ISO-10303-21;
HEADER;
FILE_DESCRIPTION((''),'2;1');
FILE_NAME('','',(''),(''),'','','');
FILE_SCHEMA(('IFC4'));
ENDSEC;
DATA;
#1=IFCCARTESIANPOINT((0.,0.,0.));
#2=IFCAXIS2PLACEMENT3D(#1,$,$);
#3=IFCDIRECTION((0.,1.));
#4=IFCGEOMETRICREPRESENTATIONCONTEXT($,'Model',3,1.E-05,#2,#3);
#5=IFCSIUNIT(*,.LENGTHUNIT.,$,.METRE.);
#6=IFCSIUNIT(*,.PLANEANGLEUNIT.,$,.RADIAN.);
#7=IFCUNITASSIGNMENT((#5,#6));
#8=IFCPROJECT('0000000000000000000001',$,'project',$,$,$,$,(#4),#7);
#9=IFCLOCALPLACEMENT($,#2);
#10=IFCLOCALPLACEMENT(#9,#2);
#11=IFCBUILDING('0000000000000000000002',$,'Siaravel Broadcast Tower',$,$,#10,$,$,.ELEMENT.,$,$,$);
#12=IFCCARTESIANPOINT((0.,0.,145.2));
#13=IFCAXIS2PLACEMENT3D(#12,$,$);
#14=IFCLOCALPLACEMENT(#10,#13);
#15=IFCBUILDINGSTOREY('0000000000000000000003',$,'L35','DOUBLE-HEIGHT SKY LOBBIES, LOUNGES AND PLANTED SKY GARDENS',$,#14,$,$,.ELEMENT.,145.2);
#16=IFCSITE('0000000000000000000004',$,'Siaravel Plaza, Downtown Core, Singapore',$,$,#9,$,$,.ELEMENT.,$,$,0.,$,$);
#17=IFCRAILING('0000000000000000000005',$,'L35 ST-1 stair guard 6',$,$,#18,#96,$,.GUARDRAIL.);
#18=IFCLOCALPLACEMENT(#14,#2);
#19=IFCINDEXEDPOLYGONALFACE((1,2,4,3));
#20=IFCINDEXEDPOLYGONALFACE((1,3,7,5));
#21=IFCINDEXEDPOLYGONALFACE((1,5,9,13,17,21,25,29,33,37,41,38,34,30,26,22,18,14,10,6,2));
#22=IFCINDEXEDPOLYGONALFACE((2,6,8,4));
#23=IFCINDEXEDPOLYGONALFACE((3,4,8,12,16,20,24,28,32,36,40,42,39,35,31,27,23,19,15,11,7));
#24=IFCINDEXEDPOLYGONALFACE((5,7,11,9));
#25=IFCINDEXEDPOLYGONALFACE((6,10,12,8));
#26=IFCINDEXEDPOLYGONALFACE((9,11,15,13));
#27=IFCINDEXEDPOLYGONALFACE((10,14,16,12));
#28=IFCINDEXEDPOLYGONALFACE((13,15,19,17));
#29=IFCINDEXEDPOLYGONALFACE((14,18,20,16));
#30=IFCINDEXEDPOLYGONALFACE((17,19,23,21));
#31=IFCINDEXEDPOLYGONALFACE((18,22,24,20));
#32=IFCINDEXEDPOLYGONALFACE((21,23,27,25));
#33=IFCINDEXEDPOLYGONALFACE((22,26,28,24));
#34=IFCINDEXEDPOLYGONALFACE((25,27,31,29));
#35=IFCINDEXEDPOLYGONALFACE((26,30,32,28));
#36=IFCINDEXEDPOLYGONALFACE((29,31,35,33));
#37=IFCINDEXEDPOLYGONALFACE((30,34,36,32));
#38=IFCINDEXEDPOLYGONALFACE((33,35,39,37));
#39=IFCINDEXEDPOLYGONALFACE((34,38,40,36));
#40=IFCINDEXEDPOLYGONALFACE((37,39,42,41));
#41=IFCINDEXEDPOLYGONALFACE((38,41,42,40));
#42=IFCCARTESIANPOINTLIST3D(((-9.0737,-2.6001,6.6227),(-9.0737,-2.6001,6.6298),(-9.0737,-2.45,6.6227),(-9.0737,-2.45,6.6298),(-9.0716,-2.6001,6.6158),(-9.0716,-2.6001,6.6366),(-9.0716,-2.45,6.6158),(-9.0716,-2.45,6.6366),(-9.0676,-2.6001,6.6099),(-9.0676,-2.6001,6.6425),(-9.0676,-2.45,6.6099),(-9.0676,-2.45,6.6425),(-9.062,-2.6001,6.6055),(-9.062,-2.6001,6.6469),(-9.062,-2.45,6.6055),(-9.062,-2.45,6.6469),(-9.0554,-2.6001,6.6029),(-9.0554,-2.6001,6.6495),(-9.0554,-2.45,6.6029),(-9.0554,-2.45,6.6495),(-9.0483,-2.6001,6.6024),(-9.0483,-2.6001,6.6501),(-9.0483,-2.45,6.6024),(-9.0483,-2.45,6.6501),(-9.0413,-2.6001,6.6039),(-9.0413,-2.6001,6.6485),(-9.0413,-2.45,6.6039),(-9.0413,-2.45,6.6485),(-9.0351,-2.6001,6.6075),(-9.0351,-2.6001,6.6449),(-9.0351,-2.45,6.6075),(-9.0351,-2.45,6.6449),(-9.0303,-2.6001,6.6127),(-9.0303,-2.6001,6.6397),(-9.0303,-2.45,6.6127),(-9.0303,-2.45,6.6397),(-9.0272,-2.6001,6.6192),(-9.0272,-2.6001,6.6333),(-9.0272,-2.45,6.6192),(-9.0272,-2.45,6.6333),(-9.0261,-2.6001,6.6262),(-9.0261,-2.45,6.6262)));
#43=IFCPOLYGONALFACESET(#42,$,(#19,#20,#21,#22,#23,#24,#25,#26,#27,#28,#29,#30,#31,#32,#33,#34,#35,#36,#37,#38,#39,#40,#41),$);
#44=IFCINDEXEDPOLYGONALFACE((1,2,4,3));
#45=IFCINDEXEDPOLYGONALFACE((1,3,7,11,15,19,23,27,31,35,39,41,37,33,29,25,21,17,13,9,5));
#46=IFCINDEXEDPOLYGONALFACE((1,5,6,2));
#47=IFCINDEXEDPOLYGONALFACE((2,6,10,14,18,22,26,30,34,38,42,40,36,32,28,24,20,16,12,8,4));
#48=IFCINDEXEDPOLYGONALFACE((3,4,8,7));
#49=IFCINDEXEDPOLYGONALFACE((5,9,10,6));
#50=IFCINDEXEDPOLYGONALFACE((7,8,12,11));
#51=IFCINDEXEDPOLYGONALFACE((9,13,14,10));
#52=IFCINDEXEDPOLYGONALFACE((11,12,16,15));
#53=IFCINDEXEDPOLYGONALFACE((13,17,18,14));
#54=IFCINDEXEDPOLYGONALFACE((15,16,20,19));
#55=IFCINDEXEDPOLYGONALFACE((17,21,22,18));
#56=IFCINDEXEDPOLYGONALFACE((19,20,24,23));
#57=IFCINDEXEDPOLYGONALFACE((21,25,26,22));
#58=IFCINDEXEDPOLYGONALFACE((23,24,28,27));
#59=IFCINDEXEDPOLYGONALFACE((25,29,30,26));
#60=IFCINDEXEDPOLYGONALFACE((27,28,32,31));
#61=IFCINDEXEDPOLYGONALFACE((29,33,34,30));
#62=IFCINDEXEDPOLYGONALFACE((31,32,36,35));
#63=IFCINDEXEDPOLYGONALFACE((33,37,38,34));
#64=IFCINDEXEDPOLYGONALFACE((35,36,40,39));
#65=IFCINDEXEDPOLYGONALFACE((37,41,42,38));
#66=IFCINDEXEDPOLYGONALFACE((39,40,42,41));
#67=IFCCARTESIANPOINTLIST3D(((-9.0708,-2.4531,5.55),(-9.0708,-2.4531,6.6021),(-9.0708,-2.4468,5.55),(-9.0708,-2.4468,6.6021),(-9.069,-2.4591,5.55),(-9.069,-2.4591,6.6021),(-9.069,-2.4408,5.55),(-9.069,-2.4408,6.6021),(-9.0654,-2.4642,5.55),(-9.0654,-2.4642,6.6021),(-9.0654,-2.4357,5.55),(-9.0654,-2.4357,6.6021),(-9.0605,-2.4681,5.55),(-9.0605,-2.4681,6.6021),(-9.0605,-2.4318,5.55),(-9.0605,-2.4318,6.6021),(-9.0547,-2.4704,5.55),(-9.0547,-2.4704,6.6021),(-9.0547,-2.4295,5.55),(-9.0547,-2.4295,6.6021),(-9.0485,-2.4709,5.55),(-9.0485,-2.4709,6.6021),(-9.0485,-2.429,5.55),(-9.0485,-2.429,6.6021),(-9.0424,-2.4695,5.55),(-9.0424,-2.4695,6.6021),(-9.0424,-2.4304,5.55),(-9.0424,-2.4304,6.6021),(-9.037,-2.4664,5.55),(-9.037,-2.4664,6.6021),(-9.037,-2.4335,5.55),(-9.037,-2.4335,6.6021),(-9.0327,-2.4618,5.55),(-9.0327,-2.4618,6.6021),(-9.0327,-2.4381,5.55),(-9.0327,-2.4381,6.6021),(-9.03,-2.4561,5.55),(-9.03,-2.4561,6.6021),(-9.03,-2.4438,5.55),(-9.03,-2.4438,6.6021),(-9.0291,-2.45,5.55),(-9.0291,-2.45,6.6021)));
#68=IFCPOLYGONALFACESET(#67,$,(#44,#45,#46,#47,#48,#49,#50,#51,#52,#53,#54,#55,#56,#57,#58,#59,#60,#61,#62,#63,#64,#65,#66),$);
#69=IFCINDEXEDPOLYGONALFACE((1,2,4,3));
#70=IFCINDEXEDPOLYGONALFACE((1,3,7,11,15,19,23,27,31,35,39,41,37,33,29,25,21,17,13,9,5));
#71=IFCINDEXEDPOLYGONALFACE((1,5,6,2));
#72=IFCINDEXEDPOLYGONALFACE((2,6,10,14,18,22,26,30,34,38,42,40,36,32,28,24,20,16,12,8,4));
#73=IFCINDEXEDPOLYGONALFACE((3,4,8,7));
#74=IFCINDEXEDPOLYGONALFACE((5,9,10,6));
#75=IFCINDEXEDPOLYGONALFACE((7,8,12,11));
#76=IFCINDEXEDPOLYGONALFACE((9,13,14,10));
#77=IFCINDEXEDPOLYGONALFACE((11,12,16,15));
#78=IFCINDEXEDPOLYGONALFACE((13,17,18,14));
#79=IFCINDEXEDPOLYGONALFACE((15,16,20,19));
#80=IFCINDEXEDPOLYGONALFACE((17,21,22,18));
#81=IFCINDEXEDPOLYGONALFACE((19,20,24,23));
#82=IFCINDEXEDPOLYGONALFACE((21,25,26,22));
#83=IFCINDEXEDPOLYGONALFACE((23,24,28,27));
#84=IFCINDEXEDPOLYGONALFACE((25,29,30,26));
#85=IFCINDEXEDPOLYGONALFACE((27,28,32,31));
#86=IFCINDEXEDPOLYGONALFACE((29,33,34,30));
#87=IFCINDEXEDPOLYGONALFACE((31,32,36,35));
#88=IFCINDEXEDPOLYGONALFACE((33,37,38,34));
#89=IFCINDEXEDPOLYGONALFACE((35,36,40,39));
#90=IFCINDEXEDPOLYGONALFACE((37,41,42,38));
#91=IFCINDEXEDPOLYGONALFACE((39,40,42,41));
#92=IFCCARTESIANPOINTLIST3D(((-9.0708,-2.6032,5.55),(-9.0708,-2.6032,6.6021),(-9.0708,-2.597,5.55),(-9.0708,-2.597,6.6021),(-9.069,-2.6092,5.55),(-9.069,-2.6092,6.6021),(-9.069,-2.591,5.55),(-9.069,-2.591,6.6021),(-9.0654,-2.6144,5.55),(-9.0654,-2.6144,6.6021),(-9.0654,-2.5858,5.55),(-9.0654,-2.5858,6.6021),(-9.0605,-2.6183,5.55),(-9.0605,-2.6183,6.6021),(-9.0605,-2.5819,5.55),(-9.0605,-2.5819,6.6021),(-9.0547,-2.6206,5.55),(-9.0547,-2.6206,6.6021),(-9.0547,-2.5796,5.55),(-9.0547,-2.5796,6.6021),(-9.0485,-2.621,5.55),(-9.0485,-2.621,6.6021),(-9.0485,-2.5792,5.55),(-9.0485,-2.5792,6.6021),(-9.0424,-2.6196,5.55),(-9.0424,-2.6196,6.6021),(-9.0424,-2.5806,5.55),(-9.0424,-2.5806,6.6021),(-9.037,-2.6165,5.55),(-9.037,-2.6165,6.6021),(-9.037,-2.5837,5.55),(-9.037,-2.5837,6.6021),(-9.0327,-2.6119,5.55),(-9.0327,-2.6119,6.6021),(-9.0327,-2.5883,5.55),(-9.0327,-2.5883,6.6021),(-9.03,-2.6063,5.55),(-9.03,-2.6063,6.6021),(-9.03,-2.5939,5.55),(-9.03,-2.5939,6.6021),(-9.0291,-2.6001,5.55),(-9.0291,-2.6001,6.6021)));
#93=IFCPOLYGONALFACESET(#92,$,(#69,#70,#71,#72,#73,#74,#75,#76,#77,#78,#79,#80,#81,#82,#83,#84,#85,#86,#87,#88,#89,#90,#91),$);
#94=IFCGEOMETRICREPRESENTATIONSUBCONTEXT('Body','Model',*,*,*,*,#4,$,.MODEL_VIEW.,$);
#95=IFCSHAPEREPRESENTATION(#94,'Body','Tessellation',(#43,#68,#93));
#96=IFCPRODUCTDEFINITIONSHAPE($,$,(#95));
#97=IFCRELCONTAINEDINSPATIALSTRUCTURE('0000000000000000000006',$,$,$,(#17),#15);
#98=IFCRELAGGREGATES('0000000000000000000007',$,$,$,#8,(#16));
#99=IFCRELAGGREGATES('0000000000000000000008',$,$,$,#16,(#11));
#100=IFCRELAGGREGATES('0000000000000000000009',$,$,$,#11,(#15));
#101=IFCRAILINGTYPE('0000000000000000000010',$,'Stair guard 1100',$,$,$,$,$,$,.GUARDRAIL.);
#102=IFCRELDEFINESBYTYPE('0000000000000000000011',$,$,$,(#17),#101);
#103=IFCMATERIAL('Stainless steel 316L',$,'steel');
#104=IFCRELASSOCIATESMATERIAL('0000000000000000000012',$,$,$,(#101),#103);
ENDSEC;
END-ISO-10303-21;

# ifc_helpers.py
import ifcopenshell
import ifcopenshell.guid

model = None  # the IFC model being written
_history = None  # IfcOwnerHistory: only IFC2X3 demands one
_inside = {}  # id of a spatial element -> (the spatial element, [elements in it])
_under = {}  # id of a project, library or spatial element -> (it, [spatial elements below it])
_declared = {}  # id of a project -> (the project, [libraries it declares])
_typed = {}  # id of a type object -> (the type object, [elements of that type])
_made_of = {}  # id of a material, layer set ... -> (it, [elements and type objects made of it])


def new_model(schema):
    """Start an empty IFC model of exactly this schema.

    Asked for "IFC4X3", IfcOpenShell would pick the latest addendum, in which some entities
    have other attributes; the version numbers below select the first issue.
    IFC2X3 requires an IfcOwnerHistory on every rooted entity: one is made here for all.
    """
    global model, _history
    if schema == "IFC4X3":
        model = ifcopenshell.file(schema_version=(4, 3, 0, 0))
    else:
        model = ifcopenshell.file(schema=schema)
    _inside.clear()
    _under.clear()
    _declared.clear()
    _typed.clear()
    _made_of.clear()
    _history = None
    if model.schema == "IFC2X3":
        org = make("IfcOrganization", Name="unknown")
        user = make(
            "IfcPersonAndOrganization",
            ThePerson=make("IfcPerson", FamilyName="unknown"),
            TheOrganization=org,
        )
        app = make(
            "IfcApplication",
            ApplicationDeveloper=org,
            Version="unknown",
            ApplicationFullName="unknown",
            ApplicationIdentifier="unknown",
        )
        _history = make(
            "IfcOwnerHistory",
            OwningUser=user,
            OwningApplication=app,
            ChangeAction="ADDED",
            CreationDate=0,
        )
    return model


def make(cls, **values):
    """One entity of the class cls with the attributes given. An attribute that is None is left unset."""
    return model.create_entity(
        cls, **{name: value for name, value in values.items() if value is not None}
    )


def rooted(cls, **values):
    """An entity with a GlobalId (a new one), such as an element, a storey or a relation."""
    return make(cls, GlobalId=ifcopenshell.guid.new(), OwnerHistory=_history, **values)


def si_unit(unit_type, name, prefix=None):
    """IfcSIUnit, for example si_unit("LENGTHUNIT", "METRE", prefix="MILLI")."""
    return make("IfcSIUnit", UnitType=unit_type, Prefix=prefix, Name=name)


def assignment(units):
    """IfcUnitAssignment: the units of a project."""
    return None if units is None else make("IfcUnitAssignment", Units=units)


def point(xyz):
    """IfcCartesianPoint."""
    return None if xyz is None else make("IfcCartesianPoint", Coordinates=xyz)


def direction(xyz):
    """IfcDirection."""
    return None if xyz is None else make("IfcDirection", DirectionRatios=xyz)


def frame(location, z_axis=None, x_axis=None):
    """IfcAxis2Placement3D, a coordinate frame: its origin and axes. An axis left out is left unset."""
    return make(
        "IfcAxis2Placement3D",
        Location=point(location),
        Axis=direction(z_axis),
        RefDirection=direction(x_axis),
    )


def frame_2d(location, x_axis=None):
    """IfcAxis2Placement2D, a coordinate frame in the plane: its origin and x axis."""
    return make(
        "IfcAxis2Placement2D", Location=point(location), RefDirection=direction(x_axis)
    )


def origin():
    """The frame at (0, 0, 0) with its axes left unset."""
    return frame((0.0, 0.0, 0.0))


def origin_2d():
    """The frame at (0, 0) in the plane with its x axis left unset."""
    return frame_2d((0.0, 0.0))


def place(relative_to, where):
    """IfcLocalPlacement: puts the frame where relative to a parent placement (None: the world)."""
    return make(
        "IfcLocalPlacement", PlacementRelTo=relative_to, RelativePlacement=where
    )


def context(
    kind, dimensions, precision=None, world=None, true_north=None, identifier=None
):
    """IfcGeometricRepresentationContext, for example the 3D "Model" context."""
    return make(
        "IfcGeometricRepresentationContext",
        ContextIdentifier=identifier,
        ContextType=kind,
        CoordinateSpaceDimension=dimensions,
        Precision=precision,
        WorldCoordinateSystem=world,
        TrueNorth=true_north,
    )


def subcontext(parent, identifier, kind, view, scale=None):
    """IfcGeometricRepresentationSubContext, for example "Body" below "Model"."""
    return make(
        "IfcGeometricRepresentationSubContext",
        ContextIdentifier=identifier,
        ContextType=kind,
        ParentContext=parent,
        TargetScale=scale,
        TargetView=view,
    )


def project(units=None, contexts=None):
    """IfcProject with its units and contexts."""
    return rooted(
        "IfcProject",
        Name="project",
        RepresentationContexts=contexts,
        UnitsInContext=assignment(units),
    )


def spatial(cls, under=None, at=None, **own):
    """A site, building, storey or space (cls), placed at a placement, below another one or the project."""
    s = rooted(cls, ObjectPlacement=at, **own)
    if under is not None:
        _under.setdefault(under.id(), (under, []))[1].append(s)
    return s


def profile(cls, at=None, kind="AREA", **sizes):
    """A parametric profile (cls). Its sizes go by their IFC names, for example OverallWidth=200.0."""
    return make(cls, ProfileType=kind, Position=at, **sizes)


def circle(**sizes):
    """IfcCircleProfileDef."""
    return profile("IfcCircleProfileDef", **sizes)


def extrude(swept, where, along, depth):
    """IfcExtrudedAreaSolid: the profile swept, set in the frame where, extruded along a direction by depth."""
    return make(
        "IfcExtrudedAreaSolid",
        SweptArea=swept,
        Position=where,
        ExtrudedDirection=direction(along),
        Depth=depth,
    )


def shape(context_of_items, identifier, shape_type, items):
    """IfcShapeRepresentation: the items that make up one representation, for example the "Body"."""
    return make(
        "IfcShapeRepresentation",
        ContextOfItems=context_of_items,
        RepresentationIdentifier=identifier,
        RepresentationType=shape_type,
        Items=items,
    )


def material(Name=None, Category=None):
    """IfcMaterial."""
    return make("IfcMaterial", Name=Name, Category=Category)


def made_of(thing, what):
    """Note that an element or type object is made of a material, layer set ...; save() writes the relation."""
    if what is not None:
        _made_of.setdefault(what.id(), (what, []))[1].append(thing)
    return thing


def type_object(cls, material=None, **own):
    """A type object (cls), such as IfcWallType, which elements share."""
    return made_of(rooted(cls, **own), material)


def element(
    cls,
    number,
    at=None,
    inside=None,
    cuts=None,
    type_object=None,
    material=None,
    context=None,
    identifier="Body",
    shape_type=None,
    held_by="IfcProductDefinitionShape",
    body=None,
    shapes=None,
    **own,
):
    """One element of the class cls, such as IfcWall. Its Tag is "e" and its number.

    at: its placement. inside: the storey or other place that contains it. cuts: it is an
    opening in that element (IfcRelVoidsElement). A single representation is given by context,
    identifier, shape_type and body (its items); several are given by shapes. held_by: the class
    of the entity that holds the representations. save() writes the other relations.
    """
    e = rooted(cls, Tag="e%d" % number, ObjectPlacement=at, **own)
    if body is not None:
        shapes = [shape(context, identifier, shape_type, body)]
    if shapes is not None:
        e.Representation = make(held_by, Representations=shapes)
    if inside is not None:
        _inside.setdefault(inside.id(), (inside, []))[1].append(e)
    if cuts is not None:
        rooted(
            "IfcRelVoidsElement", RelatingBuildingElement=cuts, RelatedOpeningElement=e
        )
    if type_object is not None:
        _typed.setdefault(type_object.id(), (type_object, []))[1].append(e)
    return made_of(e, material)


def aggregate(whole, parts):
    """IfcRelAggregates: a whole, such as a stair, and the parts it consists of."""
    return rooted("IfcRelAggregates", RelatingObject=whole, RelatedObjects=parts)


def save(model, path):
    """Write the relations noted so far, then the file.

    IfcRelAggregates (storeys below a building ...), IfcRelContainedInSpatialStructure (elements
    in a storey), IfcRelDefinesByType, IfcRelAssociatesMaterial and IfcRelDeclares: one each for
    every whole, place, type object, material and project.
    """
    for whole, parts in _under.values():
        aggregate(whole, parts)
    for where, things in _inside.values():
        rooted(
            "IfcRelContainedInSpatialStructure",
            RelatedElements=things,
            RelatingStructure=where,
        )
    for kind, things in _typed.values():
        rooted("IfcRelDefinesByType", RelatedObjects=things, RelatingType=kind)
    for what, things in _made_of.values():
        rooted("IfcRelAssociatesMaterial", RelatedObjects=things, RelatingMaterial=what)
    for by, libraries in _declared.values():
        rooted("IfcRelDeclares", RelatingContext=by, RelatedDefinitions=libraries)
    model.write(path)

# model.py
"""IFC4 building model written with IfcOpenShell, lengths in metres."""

from ifc_helpers import new_model, si_unit, direction, frame, origin, origin_2d, place, context, subcontext, project, spatial, circle, extrude, material, type_object, element, save


model = new_model("IFC4")

# Units and contexts
model_context = context("Model", 3, precision=1e-05, world=origin(), true_north=direction((0.0, 1.0)))
body_context = subcontext(model_context, "Body", "Model", "MODEL_VIEW")
ifc_project = project(units=[si_unit("LENGTHUNIT", "METRE"), si_unit("PLANEANGLEUNIT", "RADIAN")], contexts=[model_context])

# Site, building, storey
site_placement = place(None, origin())
site = spatial("IfcSite", under=ifc_project, at=site_placement, Name="Siaravel Plaza, Downtown Core, Singapore", CompositionType="ELEMENT", RefElevation=0.0)
building_placement = place(site_placement, origin())
building = spatial("IfcBuilding", under=site, at=building_placement, Name="Siaravel Broadcast Tower", CompositionType="ELEMENT")
storey_placement = place(building_placement, frame((0.0, 0.0, 145.2)))
storey = spatial("IfcBuildingStorey", under=building, at=storey_placement, Name="L35", Description="DOUBLE-HEIGHT SKY LOBBIES, LOUNGES AND PLANTED SKY GARDENS", CompositionType="ELEMENT", Elevation=145.2)

# Railing
ifc_material_1 = material(Name="Stainless steel 316L", Category="steel")
railing_type_1 = type_object("IfcRailingType", Name="Stair guard 1100", PredefinedType="GUARDRAIL", material=ifc_material_1)
railing_1_placement = place(storey_placement, frame((-9.05, -2.45, 5.55)))
element("IfcRailing", 1, at=railing_1_placement, inside=storey, type_object=railing_type_1, Name="L35 ST-1 stair guard 6", PredefinedType="GUARDRAIL", context=body_context, shape_type="SweptSolid", body=[
    extrude(circle(Radius=0.0239, at=origin_2d()), frame((0.0, 0.0, 1.0762), z_axis=(0.0, -1.0, 0.0), x_axis=(1.0, 0.0, 0.0)), (0.0, 0.0, 1.0), 0.1501),
    extrude(circle(Radius=0.021, at=origin_2d()), origin(), (0.0, 0.0, 1.0), 1.052),
    extrude(circle(Radius=0.021, at=origin_2d()), frame((0.0, -0.1501, 0.0)), (0.0, 0.0, 1.0), 1.052),
])

save(model, "model.ifc")
